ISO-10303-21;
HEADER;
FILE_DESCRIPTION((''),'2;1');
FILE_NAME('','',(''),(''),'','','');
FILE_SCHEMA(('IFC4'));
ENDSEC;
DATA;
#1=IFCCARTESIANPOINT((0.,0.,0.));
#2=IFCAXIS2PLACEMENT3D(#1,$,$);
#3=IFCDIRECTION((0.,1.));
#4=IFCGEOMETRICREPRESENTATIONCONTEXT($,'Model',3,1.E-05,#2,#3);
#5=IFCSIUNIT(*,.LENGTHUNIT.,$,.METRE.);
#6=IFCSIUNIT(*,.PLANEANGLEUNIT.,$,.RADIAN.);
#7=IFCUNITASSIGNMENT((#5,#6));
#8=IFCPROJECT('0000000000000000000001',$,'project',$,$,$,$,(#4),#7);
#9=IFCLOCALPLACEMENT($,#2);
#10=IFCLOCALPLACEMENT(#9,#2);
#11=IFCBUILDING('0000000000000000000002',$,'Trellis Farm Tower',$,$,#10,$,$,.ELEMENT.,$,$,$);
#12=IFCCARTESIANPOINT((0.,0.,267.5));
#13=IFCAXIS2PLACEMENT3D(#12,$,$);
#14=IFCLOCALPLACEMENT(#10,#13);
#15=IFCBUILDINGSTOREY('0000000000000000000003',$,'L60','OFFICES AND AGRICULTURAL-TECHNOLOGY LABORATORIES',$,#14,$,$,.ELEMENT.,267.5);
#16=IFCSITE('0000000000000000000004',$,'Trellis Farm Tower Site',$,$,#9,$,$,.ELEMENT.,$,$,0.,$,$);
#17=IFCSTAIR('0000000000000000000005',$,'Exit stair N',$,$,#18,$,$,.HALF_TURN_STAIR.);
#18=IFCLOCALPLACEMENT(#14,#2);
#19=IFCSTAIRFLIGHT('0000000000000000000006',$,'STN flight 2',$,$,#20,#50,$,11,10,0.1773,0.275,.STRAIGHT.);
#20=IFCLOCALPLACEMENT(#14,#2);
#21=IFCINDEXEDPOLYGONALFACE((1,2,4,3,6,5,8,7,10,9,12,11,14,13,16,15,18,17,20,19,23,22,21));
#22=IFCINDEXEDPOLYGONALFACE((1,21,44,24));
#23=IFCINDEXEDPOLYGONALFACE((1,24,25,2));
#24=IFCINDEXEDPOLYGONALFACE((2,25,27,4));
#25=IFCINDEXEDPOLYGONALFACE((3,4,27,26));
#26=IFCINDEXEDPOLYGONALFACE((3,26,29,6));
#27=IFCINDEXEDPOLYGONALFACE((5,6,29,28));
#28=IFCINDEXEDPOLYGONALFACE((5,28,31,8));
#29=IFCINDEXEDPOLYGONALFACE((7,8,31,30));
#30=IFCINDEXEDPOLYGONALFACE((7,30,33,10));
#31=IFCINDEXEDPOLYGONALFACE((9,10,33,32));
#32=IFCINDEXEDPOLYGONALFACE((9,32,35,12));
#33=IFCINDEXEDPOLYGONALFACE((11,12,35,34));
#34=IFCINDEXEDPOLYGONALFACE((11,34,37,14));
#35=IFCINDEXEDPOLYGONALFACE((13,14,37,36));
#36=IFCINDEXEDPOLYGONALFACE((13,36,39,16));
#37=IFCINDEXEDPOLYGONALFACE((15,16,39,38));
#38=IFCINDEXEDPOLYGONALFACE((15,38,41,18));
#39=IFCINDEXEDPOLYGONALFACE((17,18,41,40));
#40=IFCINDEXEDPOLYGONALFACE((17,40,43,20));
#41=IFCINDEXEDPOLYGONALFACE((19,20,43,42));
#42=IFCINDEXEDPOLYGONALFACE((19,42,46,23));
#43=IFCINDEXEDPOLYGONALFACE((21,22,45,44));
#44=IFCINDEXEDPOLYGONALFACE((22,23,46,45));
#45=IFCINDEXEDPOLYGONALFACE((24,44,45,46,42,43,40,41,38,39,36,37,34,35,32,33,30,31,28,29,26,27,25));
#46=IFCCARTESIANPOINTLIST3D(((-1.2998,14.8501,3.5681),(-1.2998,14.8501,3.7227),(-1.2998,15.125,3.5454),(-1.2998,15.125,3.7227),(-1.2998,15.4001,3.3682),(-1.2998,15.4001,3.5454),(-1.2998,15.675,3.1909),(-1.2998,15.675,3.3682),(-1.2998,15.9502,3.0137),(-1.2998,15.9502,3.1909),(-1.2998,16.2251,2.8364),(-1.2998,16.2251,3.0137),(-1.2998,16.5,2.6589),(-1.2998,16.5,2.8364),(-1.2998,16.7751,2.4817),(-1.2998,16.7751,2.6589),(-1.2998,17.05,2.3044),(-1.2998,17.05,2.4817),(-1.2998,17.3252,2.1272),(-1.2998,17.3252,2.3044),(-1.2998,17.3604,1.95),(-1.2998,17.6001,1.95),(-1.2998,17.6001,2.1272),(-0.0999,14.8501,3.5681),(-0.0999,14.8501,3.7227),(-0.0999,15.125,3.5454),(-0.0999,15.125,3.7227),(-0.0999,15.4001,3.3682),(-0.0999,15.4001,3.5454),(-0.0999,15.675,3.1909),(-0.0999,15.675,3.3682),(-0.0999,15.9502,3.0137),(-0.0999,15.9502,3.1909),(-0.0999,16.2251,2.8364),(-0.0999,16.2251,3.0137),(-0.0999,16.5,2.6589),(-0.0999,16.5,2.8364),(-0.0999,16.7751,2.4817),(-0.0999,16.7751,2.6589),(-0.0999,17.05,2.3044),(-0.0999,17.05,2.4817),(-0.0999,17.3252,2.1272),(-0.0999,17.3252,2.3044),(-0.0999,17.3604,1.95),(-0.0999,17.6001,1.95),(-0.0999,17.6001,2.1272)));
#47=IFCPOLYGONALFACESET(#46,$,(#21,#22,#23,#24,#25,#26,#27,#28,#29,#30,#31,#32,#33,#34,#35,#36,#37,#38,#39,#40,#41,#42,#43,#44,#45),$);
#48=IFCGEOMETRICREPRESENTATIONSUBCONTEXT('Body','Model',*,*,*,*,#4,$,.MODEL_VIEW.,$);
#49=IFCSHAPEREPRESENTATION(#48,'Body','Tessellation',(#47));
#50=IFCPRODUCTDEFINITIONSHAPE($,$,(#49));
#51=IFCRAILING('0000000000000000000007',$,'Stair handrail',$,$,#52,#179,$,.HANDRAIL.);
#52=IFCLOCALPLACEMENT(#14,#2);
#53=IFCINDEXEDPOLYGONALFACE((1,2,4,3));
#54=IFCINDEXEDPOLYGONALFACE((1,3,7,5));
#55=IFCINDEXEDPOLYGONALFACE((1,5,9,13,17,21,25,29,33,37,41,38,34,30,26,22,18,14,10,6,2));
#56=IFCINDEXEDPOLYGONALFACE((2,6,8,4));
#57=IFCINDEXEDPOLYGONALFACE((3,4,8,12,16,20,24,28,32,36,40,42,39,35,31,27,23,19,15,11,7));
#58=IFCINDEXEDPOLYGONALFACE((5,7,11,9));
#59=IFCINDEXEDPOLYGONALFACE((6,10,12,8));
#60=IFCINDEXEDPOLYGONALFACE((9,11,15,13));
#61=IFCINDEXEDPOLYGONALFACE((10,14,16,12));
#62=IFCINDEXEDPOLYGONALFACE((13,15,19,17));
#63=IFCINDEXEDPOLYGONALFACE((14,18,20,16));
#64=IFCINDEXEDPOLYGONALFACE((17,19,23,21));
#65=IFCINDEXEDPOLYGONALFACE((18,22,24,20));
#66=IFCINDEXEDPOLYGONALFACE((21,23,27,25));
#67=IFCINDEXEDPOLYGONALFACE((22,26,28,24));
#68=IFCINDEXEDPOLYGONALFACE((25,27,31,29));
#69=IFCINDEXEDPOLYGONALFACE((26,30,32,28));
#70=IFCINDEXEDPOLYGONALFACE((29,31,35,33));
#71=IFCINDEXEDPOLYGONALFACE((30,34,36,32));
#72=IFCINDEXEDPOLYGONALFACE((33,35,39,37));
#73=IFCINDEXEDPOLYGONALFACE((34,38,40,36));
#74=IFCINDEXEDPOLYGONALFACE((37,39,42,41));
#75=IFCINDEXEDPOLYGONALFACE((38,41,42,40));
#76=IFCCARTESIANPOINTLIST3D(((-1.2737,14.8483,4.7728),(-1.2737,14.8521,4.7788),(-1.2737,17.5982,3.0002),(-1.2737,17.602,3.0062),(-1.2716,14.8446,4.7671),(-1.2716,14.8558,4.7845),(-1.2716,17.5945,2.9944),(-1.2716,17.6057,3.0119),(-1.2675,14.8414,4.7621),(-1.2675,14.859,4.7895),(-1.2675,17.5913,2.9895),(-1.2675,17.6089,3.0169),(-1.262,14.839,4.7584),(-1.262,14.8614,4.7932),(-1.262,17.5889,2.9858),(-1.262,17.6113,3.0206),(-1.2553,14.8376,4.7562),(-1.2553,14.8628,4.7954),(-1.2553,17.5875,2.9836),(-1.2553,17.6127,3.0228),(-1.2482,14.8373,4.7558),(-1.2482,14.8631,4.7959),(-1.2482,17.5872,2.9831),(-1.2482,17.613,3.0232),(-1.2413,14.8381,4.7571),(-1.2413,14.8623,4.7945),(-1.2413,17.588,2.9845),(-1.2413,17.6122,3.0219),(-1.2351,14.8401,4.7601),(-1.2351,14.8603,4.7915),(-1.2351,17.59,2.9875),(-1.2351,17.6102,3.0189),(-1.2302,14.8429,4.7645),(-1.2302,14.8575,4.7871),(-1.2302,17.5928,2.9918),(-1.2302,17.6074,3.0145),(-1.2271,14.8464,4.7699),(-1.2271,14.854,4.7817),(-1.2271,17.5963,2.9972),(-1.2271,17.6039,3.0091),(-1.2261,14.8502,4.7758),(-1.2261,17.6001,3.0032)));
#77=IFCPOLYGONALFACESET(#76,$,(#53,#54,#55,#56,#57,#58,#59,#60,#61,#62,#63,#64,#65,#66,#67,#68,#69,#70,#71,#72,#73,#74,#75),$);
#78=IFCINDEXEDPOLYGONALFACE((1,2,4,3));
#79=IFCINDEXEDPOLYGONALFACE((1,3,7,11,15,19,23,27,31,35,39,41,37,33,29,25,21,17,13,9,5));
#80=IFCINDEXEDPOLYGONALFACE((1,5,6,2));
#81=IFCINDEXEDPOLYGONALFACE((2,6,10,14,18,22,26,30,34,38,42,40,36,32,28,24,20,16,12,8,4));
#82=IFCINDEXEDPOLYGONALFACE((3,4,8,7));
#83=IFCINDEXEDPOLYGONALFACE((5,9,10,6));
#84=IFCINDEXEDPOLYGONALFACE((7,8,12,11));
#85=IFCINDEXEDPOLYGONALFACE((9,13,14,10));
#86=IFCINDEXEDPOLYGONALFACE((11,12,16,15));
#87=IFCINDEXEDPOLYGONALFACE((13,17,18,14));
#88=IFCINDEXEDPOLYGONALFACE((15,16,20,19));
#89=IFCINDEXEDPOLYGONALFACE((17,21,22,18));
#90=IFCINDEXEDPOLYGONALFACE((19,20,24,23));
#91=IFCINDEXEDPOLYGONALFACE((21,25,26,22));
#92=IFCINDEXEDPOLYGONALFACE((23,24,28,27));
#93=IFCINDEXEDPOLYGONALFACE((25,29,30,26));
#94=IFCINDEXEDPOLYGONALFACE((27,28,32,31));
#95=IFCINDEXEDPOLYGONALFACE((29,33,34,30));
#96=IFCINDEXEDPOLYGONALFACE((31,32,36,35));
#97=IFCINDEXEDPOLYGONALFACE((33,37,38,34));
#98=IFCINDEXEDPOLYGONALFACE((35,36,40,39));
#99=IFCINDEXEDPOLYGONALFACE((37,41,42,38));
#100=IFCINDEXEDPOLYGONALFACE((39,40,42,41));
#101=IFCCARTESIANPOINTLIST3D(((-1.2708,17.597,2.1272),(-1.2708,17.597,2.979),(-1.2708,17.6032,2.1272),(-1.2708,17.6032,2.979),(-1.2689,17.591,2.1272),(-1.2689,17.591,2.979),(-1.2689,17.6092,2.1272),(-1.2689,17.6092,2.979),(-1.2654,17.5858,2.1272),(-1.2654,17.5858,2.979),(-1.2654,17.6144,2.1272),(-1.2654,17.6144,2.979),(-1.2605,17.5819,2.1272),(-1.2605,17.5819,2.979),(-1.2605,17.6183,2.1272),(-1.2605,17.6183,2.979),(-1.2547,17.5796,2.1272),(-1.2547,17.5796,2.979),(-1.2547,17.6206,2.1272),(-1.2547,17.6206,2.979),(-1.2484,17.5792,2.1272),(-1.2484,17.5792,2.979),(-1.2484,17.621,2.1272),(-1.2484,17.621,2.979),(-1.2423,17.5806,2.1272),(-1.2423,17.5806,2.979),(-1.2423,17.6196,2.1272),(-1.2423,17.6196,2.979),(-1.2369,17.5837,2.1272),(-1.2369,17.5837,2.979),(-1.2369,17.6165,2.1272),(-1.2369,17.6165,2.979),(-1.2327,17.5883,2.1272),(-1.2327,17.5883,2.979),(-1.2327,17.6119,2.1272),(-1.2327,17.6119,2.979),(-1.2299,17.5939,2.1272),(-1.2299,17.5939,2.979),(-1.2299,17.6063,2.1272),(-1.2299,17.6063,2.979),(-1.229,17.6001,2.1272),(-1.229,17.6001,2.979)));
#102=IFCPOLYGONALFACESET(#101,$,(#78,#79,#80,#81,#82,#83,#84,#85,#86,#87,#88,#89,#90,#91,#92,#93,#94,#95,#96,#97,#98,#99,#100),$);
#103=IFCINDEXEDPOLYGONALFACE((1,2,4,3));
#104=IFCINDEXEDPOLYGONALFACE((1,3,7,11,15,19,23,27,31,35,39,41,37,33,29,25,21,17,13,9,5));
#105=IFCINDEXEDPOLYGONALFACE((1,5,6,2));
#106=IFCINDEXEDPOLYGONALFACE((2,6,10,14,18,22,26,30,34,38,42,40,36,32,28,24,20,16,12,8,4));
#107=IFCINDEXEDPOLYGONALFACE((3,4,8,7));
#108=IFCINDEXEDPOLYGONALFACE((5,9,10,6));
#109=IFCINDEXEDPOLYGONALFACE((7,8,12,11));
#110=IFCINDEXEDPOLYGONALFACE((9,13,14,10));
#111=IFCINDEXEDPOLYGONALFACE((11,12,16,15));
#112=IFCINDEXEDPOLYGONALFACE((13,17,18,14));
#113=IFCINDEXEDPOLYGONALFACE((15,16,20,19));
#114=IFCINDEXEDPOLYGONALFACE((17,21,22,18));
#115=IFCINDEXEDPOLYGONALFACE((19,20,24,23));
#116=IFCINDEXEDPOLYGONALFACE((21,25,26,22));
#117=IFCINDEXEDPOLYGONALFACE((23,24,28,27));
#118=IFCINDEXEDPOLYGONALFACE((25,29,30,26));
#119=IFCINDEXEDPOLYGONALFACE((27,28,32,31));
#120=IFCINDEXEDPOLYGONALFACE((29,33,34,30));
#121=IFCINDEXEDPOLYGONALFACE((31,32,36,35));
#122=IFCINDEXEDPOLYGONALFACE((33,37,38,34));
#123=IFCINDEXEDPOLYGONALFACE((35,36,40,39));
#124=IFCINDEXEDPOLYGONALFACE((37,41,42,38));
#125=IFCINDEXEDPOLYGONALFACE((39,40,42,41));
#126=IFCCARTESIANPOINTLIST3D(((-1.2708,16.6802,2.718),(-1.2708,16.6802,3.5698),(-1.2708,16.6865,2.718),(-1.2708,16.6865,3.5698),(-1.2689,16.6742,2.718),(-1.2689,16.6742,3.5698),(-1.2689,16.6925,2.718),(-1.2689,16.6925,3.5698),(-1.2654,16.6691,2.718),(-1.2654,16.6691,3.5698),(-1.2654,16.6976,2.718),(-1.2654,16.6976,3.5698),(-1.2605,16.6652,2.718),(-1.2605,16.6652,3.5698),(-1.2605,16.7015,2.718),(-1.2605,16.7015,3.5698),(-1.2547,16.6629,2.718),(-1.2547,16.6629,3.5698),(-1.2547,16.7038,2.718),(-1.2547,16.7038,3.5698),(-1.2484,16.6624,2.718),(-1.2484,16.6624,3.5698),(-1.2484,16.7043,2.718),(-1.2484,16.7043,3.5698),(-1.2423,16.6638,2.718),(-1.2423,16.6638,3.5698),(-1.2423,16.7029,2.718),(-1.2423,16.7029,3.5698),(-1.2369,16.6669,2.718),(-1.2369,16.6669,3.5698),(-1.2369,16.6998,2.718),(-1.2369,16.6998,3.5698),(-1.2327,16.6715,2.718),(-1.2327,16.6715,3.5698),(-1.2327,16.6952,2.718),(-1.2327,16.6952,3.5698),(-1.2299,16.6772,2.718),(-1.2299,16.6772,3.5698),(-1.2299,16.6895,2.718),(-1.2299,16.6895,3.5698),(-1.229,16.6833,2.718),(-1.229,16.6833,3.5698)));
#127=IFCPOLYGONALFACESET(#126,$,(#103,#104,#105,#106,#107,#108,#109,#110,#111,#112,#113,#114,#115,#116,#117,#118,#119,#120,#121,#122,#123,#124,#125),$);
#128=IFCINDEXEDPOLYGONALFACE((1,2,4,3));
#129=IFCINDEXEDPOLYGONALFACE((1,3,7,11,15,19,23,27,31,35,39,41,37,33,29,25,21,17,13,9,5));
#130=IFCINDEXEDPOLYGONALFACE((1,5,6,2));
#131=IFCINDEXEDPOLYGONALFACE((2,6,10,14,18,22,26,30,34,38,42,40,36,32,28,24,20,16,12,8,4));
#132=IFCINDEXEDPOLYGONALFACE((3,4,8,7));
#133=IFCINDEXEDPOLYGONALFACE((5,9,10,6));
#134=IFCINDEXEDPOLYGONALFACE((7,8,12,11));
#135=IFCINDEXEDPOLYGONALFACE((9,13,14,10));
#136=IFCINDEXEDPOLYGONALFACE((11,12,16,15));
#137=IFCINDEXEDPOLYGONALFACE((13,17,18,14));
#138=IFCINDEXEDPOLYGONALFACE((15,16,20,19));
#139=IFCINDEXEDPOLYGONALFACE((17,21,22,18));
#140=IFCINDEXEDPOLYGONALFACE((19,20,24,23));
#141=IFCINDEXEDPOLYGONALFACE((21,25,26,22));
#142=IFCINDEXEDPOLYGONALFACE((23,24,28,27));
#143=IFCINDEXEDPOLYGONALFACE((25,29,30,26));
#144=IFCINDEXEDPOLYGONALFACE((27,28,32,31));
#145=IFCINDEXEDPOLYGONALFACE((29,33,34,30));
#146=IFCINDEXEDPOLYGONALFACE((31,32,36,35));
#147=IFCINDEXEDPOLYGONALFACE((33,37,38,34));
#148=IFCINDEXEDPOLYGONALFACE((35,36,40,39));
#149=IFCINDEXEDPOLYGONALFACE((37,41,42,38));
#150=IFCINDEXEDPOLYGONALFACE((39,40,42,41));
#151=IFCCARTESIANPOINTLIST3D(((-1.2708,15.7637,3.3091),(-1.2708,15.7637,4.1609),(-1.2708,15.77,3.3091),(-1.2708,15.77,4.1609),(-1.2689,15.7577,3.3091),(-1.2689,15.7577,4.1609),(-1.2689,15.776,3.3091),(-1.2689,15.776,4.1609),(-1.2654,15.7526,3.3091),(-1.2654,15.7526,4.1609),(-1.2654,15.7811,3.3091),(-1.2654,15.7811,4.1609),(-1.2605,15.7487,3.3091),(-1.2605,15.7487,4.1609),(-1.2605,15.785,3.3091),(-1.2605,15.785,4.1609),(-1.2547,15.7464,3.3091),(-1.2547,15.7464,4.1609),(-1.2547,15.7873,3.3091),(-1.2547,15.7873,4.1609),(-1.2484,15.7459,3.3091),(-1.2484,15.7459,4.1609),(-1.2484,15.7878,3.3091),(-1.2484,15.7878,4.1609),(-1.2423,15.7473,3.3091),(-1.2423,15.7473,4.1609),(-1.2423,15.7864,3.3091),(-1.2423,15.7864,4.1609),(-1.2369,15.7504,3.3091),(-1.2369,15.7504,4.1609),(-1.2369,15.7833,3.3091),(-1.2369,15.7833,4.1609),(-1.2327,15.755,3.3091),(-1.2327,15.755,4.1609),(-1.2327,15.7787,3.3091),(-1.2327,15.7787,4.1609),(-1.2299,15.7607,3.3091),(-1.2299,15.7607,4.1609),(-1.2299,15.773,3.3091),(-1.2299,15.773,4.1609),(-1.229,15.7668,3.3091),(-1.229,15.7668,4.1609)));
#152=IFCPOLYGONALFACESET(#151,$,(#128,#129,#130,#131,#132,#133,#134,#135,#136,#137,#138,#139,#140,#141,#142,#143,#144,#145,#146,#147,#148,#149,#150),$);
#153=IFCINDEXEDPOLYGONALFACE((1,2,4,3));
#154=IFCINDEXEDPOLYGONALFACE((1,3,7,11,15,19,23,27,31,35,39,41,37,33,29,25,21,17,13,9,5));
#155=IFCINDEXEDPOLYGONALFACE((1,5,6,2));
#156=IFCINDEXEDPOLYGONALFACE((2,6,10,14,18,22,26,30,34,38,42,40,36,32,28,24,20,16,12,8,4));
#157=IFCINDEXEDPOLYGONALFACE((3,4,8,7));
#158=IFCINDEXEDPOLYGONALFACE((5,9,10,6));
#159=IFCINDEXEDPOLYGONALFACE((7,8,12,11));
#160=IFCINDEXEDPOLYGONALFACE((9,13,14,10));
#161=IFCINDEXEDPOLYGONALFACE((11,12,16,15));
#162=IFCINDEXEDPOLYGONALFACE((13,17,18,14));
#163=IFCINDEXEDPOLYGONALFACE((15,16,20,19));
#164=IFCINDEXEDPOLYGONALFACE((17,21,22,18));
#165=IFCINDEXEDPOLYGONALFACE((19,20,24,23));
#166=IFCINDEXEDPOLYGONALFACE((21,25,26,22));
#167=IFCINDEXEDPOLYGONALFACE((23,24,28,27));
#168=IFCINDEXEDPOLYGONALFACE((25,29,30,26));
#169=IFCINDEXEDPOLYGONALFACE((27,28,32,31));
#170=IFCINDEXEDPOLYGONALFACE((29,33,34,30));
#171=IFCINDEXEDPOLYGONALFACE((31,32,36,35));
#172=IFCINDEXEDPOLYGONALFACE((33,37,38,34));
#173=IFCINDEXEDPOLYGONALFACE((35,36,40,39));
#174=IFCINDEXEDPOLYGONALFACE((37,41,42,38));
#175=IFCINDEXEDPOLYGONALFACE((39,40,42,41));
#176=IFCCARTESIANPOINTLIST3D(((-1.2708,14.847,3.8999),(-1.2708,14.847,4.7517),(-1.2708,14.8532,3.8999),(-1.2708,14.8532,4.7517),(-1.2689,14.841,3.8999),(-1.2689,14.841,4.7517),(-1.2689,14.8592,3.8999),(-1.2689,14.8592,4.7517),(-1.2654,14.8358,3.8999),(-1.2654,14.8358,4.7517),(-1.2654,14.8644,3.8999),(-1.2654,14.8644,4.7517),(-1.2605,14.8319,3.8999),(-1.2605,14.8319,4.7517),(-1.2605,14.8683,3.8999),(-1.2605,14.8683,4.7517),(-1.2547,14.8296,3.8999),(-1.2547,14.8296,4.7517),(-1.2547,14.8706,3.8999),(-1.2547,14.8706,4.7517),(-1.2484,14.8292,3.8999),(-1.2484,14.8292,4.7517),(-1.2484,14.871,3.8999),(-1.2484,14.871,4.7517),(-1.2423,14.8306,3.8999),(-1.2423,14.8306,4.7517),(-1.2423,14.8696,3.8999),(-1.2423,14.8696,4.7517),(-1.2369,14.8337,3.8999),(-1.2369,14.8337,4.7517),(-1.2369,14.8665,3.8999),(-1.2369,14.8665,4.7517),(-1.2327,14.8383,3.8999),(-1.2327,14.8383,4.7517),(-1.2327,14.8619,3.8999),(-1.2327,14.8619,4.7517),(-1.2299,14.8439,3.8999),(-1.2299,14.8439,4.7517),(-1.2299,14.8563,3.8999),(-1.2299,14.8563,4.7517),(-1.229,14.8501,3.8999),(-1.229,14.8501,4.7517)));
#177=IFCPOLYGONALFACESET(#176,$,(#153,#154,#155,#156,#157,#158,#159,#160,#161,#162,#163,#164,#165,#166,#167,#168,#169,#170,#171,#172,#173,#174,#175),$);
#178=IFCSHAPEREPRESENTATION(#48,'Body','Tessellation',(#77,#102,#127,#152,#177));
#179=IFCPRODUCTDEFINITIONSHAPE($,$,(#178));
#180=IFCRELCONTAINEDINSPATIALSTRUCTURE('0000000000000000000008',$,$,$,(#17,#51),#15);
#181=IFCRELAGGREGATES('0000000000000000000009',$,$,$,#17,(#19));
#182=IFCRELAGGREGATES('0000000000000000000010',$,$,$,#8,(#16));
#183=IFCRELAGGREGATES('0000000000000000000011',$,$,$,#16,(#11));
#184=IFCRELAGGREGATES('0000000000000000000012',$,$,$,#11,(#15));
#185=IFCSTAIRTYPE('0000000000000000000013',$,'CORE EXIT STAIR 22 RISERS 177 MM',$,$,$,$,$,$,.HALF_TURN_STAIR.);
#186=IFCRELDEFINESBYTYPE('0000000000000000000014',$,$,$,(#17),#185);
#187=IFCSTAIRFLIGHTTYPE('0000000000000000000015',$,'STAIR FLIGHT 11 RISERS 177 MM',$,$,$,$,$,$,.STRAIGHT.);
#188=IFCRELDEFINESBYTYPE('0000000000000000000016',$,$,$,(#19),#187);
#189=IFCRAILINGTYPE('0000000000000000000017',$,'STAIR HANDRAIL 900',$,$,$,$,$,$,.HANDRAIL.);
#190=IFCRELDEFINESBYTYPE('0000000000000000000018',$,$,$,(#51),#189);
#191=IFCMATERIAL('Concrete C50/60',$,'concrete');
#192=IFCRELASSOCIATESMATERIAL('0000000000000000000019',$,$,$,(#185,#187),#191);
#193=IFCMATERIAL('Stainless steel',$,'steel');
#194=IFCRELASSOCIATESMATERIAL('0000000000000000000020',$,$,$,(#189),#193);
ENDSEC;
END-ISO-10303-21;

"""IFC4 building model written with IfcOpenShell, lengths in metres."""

from ifc_helpers import new_model, si_unit, direction, frame, origin, origin_2d, place, context, subcontext, project, spatial, polyline, circle, outline, extrude, source, transform, mapped, material, type_object, element, aggregate, save


model = new_model("IFC4")

# Units and contexts
model_context = context("Model", 3, precision=1e-05, world=origin(), true_north=direction((0.0, 1.0)))
body_context = subcontext(model_context, "Body", "Model", "MODEL_VIEW")
ifc_project = project(units=[si_unit("LENGTHUNIT", "METRE"), si_unit("PLANEANGLEUNIT", "RADIAN")], contexts=[model_context])

# Site, building, storey
site_placement = place(None, origin())
site = spatial("IfcSite", under=ifc_project, at=site_placement, Name="Trellis Farm Tower Site", CompositionType="ELEMENT", RefElevation=0.0)
building_placement = place(site_placement, origin())
building = spatial("IfcBuilding", under=site, at=building_placement, Name="Trellis Farm Tower", CompositionType="ELEMENT")
storey_placement = place(building_placement, frame((0.0, 0.0, 267.5)))
storey = spatial("IfcBuildingStorey", under=building, at=storey_placement, Name="L60", Description="OFFICES AND AGRICULTURAL-TECHNOLOGY LABORATORIES", CompositionType="ELEMENT", Elevation=267.5)

# Shared definitions
placement = place(storey_placement, origin())

# Stair, stair flight
ifc_material_1 = material(Name="Concrete C50/60", Category="concrete")
stair_type = type_object("IfcStairType", Name="CORE EXIT STAIR 22 RISERS 177 MM", PredefinedType="HALF_TURN_STAIR", material=ifc_material_1)
stair = element("IfcStair", 1, at=placement, inside=storey, type_object=stair_type, Name="Exit stair N", PredefinedType="HALF_TURN_STAIR")
stair_flight_type = type_object("IfcStairFlightType", Name="STAIR FLIGHT 11 RISERS 177 MM", PredefinedType="STRAIGHT", material=ifc_material_1)
shared_shape_1 = source(origin(), body_context, "Body", "SweptSolid", [
    extrude(outline(polyline([(0.0, 0.0), (0.0, 0.1772), (0.2749, 0.1772), (0.2749, 0.3545), (0.55, 0.3545), (0.55, 0.5317), (0.825, 0.5317), (0.825, 0.709), (1.1001, 0.709), (1.1001, 0.8865), (1.375, 0.8865), (1.375, 1.0637), (1.6499, 1.0637), (1.6499, 1.241), (1.925, 1.241), (1.925, 1.4182), (2.2, 1.4182), (2.2, 1.5955), (2.4751, 1.5955), (2.4751, 1.7727), (2.75, 1.7727), (2.75, 1.95), (2.75, 1.6182), (0.2397, 0.0), (0.0, 0.0)])), frame((0.0, 0.6001, 0.0), z_axis=(0.0, -1.0, 0.0), x_axis=(1.0, 0.0, 0.0)), (0.0, 0.0, 1.0), 1.2),
])
stair_flight_placement = place(storey_placement, frame((-0.7, 17.6001, 1.95), z_axis=(0.0, 0.0, 1.0), x_axis=(0.0, -1.0, 0.0)))
stair_flight = element("IfcStairFlight", 2, at=stair_flight_placement, type_object=stair_flight_type, Name="STN flight 2", NumberOfRisers=11, NumberOfTreads=10, PredefinedType="STRAIGHT", RiserHeight=0.1773, TreadLength=0.275, context=body_context, shape_type="MappedRepresentation", body=[
    mapped(shared_shape_1, transform((0.0, 0.0, 0.0))),
])
aggregate(stair, [stair_flight])

# Railing
ifc_material_2 = material(Name="Stainless steel", Category="steel")
railing_type = type_object("IfcRailingType", Name="STAIR HANDRAIL 900", PredefinedType="HANDRAIL", material=ifc_material_2)
shared_shape_2 = source(origin(), body_context, "Body", "SweptSolid", [
    extrude(circle(Radius=0.0239, at=origin_2d()), frame((0.0, 0.0, 0.876), z_axis=(0.0, -0.840504, 0.541806), x_axis=(1.0, 0.0, 0.0)), (0.0, 0.0, 1.0), 3.2717),
    extrude(circle(Radius=0.021, at=origin_2d()), origin(), (0.0, 0.0, 1.0), 0.8518),
    extrude(circle(Radius=0.021, at=origin_2d()), frame((0.0, -0.9167, 0.5908)), (0.0, 0.0, 1.0), 0.8518),
    extrude(circle(Radius=0.021, at=origin_2d()), frame((0.0, -1.8333, 1.1819)), (0.0, 0.0, 1.0), 0.8518),
    extrude(circle(Radius=0.021, at=origin_2d()), frame((0.0, -2.75, 1.7727)), (0.0, 0.0, 1.0), 0.8518),
])
railing_placement = place(storey_placement, frame((-1.25, 17.6001, 2.1272)))
element("IfcRailing", 3, at=railing_placement, inside=storey, type_object=railing_type, Name="Stair handrail", PredefinedType="HANDRAIL", context=body_context, shape_type="MappedRepresentation", body=[
    mapped(shared_shape_2, transform((0.0, 0.0, 0.0))),
])

save(model, "model.ifc")
